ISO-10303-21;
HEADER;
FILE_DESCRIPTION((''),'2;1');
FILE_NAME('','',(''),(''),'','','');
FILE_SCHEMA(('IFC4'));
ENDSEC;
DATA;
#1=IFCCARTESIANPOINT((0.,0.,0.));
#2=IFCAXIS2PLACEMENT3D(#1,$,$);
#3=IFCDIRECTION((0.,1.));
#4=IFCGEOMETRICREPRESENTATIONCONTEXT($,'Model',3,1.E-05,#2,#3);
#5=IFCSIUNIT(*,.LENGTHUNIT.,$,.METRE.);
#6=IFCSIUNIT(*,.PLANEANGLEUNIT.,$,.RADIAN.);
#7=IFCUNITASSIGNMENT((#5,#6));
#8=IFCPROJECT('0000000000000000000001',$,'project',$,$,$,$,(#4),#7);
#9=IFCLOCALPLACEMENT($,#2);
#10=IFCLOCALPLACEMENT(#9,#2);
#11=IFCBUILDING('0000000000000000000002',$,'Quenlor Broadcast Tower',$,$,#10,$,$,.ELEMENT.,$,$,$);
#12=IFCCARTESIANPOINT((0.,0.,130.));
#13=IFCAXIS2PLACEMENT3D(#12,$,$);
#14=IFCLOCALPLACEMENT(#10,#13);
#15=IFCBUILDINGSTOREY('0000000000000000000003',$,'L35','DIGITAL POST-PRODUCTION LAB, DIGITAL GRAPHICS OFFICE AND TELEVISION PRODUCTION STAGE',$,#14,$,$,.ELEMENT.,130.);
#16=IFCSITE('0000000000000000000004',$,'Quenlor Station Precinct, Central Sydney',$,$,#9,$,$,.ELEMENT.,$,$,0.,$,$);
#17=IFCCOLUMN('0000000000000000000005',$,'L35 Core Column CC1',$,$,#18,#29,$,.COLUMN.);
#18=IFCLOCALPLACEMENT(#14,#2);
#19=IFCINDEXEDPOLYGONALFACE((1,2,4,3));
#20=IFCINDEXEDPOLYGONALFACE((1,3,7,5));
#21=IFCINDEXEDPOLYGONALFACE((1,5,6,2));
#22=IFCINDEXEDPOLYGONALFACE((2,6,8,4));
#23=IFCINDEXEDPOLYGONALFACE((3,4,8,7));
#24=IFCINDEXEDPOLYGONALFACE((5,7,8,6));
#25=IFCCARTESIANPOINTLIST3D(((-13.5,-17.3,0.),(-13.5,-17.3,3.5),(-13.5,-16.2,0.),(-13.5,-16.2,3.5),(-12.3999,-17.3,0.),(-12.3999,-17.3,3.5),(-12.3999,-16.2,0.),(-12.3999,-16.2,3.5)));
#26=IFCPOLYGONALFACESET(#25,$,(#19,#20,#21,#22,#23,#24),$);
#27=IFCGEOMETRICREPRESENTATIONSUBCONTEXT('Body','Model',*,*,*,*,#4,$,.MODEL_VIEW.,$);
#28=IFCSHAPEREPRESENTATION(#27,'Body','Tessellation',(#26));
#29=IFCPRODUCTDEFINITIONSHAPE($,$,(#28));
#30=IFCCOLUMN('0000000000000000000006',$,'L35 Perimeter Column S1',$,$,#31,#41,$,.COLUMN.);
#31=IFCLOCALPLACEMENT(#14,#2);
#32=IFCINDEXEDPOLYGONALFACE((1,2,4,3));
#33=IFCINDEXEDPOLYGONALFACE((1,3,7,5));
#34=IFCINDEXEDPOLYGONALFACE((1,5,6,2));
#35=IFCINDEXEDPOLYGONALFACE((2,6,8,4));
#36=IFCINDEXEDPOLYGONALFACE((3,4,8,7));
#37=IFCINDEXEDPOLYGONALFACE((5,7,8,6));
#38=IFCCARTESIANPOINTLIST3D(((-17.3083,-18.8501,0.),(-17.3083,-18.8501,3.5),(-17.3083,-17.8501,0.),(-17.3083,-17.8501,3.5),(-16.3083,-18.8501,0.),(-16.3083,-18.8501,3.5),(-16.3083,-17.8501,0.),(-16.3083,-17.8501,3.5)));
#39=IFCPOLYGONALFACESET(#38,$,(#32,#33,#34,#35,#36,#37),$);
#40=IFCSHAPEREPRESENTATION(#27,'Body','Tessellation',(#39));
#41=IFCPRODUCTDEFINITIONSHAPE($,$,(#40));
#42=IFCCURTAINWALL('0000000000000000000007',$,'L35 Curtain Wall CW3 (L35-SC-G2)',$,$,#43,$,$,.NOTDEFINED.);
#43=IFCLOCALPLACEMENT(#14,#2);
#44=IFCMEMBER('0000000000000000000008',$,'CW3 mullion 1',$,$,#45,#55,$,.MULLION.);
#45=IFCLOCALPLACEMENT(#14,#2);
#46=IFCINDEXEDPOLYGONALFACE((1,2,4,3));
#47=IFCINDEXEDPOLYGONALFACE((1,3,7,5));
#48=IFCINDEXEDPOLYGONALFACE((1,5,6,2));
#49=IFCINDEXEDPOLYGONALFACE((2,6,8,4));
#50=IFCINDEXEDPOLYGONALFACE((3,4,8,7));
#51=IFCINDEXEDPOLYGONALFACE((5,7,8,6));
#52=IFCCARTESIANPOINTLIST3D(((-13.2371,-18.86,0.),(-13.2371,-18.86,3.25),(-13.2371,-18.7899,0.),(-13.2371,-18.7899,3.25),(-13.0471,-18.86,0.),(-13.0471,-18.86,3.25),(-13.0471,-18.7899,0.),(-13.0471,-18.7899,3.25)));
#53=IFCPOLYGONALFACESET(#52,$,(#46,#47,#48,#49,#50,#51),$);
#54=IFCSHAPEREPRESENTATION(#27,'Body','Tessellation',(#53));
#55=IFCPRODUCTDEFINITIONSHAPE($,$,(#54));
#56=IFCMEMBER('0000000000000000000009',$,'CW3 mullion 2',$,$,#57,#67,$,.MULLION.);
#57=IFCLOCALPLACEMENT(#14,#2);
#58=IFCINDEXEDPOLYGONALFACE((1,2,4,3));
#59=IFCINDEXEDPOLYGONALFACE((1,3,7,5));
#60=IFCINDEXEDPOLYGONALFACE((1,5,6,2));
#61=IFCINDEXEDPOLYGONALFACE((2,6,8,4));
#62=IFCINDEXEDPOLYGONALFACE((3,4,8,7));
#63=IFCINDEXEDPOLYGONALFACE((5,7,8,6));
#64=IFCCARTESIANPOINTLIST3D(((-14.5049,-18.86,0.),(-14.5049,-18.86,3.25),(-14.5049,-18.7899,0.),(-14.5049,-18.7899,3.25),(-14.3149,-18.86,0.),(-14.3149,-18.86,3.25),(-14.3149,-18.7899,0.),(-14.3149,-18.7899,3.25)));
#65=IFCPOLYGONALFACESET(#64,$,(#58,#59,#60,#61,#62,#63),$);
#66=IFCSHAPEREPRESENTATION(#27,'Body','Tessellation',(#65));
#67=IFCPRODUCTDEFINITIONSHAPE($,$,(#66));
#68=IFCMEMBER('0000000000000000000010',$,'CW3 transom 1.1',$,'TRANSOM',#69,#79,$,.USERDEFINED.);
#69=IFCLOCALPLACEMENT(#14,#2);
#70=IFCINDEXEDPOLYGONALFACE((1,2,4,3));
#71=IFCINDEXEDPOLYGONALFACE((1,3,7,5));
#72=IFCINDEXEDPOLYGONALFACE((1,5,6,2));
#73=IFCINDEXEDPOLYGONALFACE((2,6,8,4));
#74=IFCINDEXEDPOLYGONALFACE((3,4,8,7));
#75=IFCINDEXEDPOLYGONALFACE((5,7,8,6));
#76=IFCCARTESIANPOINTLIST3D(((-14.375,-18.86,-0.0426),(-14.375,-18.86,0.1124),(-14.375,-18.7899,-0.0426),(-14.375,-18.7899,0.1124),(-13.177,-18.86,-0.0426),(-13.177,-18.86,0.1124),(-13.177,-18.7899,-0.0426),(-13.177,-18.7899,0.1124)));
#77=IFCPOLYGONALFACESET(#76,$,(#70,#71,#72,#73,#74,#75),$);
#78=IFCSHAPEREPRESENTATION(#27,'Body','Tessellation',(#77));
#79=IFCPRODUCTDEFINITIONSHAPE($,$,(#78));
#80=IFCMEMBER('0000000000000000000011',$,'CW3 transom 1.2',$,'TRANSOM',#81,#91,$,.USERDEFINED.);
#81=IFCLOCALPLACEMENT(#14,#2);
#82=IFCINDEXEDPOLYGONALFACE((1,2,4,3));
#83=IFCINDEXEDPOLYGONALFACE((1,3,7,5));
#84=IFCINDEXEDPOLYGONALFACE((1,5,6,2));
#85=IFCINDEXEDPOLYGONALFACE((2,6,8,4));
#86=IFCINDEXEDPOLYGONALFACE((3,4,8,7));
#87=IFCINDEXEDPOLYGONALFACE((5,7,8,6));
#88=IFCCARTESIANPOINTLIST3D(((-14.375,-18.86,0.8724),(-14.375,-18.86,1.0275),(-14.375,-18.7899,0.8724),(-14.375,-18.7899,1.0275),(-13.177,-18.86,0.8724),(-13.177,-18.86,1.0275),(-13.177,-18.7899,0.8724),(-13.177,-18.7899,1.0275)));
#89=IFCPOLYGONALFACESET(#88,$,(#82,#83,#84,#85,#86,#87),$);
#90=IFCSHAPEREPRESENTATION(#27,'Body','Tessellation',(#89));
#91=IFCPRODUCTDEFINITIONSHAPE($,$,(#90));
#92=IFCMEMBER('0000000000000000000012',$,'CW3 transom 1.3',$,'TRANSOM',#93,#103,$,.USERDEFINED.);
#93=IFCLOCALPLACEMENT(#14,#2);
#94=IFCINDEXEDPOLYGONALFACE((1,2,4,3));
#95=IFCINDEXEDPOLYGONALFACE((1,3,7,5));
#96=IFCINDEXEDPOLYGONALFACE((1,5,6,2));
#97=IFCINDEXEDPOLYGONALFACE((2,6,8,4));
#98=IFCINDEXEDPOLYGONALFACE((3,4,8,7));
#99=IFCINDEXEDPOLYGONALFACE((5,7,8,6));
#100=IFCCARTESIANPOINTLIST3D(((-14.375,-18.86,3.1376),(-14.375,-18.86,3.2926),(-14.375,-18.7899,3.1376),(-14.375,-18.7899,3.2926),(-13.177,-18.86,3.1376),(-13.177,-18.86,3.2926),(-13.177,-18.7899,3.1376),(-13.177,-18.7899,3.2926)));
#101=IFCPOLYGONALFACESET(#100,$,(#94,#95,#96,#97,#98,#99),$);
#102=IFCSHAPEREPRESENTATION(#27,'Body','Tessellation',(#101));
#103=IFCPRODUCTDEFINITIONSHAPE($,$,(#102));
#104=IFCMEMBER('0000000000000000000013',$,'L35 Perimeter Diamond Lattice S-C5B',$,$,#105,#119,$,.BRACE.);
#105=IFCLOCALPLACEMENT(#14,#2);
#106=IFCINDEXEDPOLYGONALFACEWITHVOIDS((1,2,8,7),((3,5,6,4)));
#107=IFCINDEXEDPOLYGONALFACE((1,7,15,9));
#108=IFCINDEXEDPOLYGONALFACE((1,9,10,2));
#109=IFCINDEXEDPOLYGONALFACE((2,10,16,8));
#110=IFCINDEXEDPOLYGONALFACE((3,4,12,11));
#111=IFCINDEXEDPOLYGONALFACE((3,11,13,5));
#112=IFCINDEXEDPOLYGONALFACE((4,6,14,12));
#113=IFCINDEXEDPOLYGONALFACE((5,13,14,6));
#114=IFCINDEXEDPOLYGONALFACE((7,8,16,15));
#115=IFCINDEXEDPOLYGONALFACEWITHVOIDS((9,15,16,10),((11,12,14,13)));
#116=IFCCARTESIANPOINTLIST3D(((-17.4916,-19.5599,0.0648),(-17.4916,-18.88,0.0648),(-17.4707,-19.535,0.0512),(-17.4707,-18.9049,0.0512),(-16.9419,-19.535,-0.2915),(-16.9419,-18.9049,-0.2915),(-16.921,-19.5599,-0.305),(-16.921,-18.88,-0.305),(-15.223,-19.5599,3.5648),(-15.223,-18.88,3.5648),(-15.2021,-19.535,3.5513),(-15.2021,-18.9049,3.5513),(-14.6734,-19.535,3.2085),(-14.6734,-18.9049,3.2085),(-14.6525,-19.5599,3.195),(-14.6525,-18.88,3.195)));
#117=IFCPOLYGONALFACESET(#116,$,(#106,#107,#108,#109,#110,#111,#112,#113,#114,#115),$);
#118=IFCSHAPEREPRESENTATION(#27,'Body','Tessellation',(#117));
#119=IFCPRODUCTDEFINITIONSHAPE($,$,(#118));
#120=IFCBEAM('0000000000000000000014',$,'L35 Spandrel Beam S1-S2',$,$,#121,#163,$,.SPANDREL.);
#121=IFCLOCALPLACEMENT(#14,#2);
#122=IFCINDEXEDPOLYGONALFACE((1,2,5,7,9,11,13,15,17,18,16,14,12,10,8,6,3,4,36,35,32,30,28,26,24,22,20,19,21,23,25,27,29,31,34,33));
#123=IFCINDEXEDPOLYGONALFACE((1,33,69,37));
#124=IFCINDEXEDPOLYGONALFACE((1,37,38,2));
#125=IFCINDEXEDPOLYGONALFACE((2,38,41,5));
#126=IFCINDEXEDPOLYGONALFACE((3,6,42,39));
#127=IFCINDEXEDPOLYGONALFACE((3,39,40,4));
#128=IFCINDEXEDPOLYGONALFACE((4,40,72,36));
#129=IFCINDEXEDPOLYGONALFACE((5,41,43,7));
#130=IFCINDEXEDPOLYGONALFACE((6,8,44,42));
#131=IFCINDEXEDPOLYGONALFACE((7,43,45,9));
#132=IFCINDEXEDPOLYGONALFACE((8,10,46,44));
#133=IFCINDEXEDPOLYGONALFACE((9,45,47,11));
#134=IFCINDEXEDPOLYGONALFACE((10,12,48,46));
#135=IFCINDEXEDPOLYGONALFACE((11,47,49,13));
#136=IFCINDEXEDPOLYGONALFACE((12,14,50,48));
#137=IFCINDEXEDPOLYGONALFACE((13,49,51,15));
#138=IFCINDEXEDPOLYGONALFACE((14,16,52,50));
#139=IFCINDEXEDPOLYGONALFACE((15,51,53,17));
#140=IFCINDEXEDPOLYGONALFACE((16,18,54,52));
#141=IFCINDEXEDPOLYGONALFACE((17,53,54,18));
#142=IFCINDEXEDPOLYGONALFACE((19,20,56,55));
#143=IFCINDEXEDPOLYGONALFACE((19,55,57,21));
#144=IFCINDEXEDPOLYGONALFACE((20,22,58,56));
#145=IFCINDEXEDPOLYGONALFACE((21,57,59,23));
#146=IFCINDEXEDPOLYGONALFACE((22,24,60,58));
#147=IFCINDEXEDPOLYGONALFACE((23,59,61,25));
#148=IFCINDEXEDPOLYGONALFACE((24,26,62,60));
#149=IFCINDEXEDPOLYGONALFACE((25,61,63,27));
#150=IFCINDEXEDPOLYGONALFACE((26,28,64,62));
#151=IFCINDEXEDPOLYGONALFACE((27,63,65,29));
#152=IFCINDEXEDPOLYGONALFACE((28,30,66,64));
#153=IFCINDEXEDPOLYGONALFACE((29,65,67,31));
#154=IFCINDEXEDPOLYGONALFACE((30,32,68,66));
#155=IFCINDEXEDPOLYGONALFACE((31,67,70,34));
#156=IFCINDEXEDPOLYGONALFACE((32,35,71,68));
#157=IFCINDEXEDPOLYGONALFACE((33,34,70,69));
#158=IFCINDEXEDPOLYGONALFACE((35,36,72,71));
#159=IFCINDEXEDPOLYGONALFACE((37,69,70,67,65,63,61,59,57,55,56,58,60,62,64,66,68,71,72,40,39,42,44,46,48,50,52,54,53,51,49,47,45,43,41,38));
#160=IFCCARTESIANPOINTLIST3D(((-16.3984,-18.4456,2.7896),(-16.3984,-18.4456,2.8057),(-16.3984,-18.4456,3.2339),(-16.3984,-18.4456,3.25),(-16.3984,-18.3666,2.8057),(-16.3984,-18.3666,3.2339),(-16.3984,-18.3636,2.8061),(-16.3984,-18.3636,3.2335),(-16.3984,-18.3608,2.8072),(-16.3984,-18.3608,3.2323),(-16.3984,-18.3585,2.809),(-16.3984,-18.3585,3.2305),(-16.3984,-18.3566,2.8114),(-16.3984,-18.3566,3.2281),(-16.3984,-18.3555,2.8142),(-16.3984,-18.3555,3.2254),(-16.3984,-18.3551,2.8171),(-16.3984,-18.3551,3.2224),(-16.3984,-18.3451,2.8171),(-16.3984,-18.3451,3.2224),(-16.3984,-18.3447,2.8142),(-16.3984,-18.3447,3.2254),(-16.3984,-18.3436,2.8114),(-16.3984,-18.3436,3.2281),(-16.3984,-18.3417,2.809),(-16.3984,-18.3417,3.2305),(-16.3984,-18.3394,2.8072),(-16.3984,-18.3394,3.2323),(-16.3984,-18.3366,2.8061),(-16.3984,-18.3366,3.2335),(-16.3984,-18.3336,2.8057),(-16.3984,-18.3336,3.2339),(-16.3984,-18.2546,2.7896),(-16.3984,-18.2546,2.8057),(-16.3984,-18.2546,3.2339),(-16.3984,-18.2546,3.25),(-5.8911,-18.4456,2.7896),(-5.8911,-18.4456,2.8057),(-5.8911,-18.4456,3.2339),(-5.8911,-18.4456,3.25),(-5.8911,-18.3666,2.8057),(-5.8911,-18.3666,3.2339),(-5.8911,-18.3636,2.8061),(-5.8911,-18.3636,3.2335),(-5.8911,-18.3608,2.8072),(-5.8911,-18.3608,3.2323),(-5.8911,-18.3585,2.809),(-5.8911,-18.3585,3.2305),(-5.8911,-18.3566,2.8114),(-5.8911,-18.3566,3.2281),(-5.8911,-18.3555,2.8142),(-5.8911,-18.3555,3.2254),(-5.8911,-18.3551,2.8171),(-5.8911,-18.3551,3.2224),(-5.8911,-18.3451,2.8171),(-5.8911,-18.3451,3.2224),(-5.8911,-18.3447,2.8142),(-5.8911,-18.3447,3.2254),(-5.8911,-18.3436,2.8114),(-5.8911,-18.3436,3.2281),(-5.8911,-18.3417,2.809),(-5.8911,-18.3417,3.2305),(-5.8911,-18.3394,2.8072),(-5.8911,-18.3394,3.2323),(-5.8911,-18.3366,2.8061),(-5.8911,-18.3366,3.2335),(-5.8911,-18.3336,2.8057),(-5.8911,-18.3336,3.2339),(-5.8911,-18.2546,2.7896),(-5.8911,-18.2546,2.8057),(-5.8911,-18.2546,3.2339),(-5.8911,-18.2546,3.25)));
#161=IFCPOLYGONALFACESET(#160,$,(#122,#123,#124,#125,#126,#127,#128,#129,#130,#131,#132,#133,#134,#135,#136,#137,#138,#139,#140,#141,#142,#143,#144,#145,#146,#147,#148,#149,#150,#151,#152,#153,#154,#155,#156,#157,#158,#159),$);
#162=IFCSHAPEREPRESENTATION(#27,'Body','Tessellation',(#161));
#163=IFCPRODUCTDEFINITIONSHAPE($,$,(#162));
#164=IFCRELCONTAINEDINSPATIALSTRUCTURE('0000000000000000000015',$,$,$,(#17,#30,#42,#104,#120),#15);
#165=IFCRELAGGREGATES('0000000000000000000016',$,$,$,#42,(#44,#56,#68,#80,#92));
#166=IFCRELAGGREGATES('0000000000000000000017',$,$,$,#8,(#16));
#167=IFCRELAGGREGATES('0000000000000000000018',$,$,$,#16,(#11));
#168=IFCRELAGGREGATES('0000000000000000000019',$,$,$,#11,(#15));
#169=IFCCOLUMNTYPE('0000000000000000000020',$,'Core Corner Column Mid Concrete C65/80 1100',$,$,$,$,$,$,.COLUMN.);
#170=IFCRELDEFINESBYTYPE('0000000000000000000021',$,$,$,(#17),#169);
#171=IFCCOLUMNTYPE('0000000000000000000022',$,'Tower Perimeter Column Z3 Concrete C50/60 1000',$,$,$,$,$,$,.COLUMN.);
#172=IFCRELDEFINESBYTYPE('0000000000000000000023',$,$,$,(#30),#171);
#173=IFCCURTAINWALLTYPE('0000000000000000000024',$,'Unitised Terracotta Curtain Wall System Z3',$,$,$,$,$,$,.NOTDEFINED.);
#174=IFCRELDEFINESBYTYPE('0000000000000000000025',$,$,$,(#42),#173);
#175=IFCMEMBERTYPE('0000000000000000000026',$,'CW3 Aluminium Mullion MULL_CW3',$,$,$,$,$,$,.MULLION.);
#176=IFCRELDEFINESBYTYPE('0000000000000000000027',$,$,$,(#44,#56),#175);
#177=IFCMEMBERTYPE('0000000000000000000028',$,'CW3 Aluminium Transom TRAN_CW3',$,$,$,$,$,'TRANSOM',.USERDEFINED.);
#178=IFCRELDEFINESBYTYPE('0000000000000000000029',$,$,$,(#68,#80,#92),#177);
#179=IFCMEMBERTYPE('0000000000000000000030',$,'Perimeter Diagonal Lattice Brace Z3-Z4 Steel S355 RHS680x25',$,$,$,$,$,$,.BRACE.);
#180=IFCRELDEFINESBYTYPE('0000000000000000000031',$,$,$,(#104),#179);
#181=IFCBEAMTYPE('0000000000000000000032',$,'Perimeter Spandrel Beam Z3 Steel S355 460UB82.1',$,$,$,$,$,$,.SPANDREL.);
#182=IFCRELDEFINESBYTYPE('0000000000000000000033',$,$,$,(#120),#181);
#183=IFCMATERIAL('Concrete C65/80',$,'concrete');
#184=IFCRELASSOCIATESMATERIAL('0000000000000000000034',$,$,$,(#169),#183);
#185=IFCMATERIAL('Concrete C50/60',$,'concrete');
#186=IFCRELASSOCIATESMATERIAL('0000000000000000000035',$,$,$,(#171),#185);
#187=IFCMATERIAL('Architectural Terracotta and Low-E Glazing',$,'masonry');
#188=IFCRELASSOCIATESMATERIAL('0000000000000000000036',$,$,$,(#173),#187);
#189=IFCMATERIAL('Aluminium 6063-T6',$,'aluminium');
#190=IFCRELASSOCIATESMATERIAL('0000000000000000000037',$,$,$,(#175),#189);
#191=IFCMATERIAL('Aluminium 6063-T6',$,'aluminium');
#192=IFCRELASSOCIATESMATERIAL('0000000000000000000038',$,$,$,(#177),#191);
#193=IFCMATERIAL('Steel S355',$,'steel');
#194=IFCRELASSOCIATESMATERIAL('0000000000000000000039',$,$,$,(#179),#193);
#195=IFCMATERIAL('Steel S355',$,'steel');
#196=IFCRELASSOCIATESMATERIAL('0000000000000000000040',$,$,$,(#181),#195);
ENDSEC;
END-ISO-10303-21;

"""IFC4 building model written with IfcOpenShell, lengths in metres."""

from ifc_helpers import new_model, si_unit, direction, frame, origin, origin_2d, place, context, subcontext, project, spatial, rectangle, hollow_rectangle, i_section, extrude, material, material_profile, profile_set, type_object, element, aggregate, save


model = new_model("IFC4")

# Units and contexts
model_context = context("Model", 3, precision=1e-05, world=origin(), true_north=direction((0.0, 1.0)))
body_context = subcontext(model_context, "Body", "Model", "MODEL_VIEW")
ifc_project = project(units=[si_unit("LENGTHUNIT", "METRE"), si_unit("PLANEANGLEUNIT", "RADIAN")], contexts=[model_context])

# Site, building, storey
site_placement = place(None, origin())
site = spatial("IfcSite", under=ifc_project, at=site_placement, Name="Quenlor Station Precinct, Central Sydney", CompositionType="ELEMENT", RefElevation=0.0)
building_placement = place(site_placement, origin())
building = spatial("IfcBuilding", under=site, at=building_placement, Name="Quenlor Broadcast Tower", CompositionType="ELEMENT")
storey_placement = place(building_placement, frame((0.0, 0.0, 130.0)))
storey = spatial("IfcBuildingStorey", under=building, at=storey_placement, Name="L35", Description="DIGITAL POST-PRODUCTION LAB, DIGITAL GRAPHICS OFFICE AND TELEVISION PRODUCTION STAGE", CompositionType="ELEMENT", Elevation=130.0)

# Columns
ifc_material_1 = material(Name="Concrete C65/80", Category="concrete")
ifc_material_profile_1 = material_profile(ifc_material_1, rectangle(XDim=1.1001, YDim=1.1001, at=origin_2d()))
ifc_profile_set_1 = profile_set([ifc_material_profile_1], Name="Concrete C65/80 RC1100x1100")
column_type_1 = type_object("IfcColumnType", Name="Core Corner Column Mid Concrete C65/80 1100", PredefinedType="COLUMN", material=ifc_profile_set_1)
column_1_placement = place(storey_placement, frame((-12.95, -16.75, 0.0), z_axis=(0.0, 0.0, 1.0), x_axis=(1.0, 0.0, 0.0)))
element("IfcColumn", 1, at=column_1_placement, inside=storey, type_object=column_type_1, Name="L35 Core Column CC1", PredefinedType="COLUMN", context=body_context, shape_type="SweptSolid", body=[
    extrude(rectangle(XDim=1.1001, YDim=1.1001, at=origin_2d()), origin(), (0.0, 0.0, 1.0), 3.5),
])
ifc_material_2 = material(Name="Concrete C50/60", Category="concrete")
ifc_material_profile_2 = material_profile(ifc_material_2, rectangle(XDim=1.0, YDim=1.0, at=origin_2d()))
ifc_profile_set_2 = profile_set([ifc_material_profile_2], Name="Concrete C50/60 RC1000x1000")
column_type_2 = type_object("IfcColumnType", Name="Tower Perimeter Column Z3 Concrete C50/60 1000", PredefinedType="COLUMN", material=ifc_profile_set_2)
column_2_placement = place(storey_placement, frame((-16.8083, -18.3501, 0.0), z_axis=(0.0, 0.0, 1.0), x_axis=(0.0, 1.0, 0.0)))
element("IfcColumn", 2, at=column_2_placement, inside=storey, type_object=column_type_2, Name="L35 Perimeter Column S1", PredefinedType="COLUMN", context=body_context, shape_type="SweptSolid", body=[
    extrude(rectangle(XDim=1.0, YDim=1.0, at=origin_2d()), origin(), (0.0, 0.0, 1.0), 3.5),
])

# Curtain wall, members
ifc_material_3 = material(Name="Architectural Terracotta and Low-E Glazing", Category="masonry")
curtain_wall_type = type_object("IfcCurtainWallType", Name="Unitised Terracotta Curtain Wall System Z3", PredefinedType="NOTDEFINED", material=ifc_material_3)
curtain_wall_placement = place(storey_placement, origin())
curtain_wall = element("IfcCurtainWall", 3, at=curtain_wall_placement, inside=storey, type_object=curtain_wall_type, Name="L35 Curtain Wall CW3 (L35-SC-G2)", PredefinedType="NOTDEFINED")
ifc_material_4 = material(Name="Aluminium 6063-T6", Category="aluminium")
ifc_material_profile_3 = material_profile(ifc_material_4, rectangle(XDim=0.0701, YDim=0.1899, at=origin_2d()))
ifc_profile_set_3 = profile_set([ifc_material_profile_3], Name="Aluminium 6063-T6 MULL70x190")
member_type_1 = type_object("IfcMemberType", Name="CW3 Aluminium Mullion MULL_CW3", PredefinedType="MULLION", material=ifc_profile_set_3)
member_1_placement = place(storey_placement, frame((-13.1421, -18.825, 0.0), z_axis=(0.0, 0.0, 1.0), x_axis=(0.0, -1.0, 0.0)))
member_1 = element("IfcMember", 4, at=member_1_placement, type_object=member_type_1, Name="CW3 mullion 1", PredefinedType="MULLION", context=body_context, shape_type="SweptSolid", body=[
    extrude(rectangle(XDim=0.0701, YDim=0.1899, at=origin_2d()), origin(), (0.0, 0.0, 1.0), 3.25),
])
member_2_placement = place(storey_placement, frame((-14.4099, -18.825, 0.0), z_axis=(0.0, 0.0, 1.0), x_axis=(0.0, -1.0, 0.0)))
member_2 = element("IfcMember", 5, at=member_2_placement, type_object=member_type_1, Name="CW3 mullion 2", PredefinedType="MULLION", context=body_context, shape_type="SweptSolid", body=[
    extrude(rectangle(XDim=0.0701, YDim=0.1899, at=origin_2d()), origin(), (0.0, 0.0, 1.0), 3.25),
])
ifc_material_5 = material(Name="Aluminium 6063-T6", Category="aluminium")
ifc_material_profile_4 = material_profile(ifc_material_5, rectangle(XDim=0.0701, YDim=0.155, at=origin_2d()))
ifc_profile_set_4 = profile_set([ifc_material_profile_4], Name="Aluminium 6063-T6 TRAN70x155")
member_type_2 = type_object("IfcMemberType", Name="CW3 Aluminium Transom TRAN_CW3", ElementType="TRANSOM", PredefinedType="USERDEFINED", material=ifc_profile_set_4)
member_3_placement = place(storey_placement, frame((-13.177, -18.825, 0.0349), z_axis=(-1.0, 0.0, 0.0), x_axis=(0.0, -1.0, 0.0)))
member_3 = element("IfcMember", 6, at=member_3_placement, type_object=member_type_2, Name="CW3 transom 1.1", ObjectType="TRANSOM", PredefinedType="USERDEFINED", context=body_context, shape_type="SweptSolid", body=[
    extrude(rectangle(XDim=0.0701, YDim=0.155, at=origin_2d()), origin(), (0.0, 0.0, 1.0), 1.198),
])
member_4_placement = place(storey_placement, frame((-13.177, -18.825, 0.95), z_axis=(-1.0, 0.0, 0.0), x_axis=(0.0, -1.0, 0.0)))
member_4 = element("IfcMember", 7, at=member_4_placement, type_object=member_type_2, Name="CW3 transom 1.2", ObjectType="TRANSOM", PredefinedType="USERDEFINED", context=body_context, shape_type="SweptSolid", body=[
    extrude(rectangle(XDim=0.0701, YDim=0.155, at=origin_2d()), origin(), (0.0, 0.0, 1.0), 1.198),
])
member_5_placement = place(storey_placement, frame((-13.177, -18.825, 3.2151), z_axis=(-1.0, 0.0, 0.0), x_axis=(0.0, -1.0, 0.0)))
member_5 = element("IfcMember", 8, at=member_5_placement, type_object=member_type_2, Name="CW3 transom 1.3", ObjectType="TRANSOM", PredefinedType="USERDEFINED", context=body_context, shape_type="SweptSolid", body=[
    extrude(rectangle(XDim=0.0701, YDim=0.155, at=origin_2d()), origin(), (0.0, 0.0, 1.0), 1.198),
])

# Member
ifc_material_6 = material(Name="Steel S355", Category="steel")
ifc_material_profile_5 = material_profile(ifc_material_6, hollow_rectangle(XDim=0.6799, YDim=0.6799, WallThickness=0.0249, at=origin_2d()))
ifc_profile_set_5 = profile_set([ifc_material_profile_5], Name="Steel S355 RHS680x680x25")
member_type_3 = type_object("IfcMemberType", Name="Perimeter Diagonal Lattice Brace Z3-Z4 Steel S355 RHS680x25", PredefinedType="BRACE", material=ifc_profile_set_5)
member_6_placement = place(storey_placement, frame((-17.2063, -19.22, -0.1201), z_axis=(0.543902, 0.0, 0.839149), x_axis=(0.0, 1.0, 0.0)))
element("IfcMember", 9, at=member_6_placement, inside=storey, type_object=member_type_3, Name="L35 Perimeter Diamond Lattice S-C5B", PredefinedType="BRACE", context=body_context, shape_type="SweptSolid", body=[
    extrude(hollow_rectangle(XDim=0.6799, YDim=0.6799, WallThickness=0.0249, at=origin_2d()), origin(), (0.0, 0.0, 1.0), 4.1709),
])

# Beam
ifc_material_7 = material(Name="Steel S355", Category="steel")
ifc_material_profile_6 = material_profile(ifc_material_7, i_section(OverallWidth=0.1909, OverallDepth=0.4604, WebThickness=0.01, FlangeThickness=0.0161, FilletRadius=0.0115, at=origin_2d()))
ifc_profile_set_6 = profile_set([ifc_material_profile_6], Name="Steel S355 460UB82.1")
beam_type_1 = type_object("IfcBeamType", Name="Perimeter Spandrel Beam Z3 Steel S355 460UB82.1", PredefinedType="SPANDREL", material=ifc_profile_set_6)
beam_1_placement = place(storey_placement, frame((-16.3984, -18.3501, 3.0198), z_axis=(1.0, 0.0, 0.0), x_axis=(0.0, 1.0, 0.0)))
element("IfcBeam", 10, at=beam_1_placement, inside=storey, type_object=beam_type_1, Name="L35 Spandrel Beam S1-S2", PredefinedType="SPANDREL", context=body_context, shape_type="SweptSolid", body=[
    extrude(i_section(OverallWidth=0.1909, OverallDepth=0.4604, WebThickness=0.01, FlangeThickness=0.0161, FilletRadius=0.0115, at=origin_2d()), origin(), (0.0, 0.0, 1.0), 10.5073),
])

aggregate(curtain_wall, [member_1, member_2, member_3, member_4, member_5])

save(model, "model.ifc")
